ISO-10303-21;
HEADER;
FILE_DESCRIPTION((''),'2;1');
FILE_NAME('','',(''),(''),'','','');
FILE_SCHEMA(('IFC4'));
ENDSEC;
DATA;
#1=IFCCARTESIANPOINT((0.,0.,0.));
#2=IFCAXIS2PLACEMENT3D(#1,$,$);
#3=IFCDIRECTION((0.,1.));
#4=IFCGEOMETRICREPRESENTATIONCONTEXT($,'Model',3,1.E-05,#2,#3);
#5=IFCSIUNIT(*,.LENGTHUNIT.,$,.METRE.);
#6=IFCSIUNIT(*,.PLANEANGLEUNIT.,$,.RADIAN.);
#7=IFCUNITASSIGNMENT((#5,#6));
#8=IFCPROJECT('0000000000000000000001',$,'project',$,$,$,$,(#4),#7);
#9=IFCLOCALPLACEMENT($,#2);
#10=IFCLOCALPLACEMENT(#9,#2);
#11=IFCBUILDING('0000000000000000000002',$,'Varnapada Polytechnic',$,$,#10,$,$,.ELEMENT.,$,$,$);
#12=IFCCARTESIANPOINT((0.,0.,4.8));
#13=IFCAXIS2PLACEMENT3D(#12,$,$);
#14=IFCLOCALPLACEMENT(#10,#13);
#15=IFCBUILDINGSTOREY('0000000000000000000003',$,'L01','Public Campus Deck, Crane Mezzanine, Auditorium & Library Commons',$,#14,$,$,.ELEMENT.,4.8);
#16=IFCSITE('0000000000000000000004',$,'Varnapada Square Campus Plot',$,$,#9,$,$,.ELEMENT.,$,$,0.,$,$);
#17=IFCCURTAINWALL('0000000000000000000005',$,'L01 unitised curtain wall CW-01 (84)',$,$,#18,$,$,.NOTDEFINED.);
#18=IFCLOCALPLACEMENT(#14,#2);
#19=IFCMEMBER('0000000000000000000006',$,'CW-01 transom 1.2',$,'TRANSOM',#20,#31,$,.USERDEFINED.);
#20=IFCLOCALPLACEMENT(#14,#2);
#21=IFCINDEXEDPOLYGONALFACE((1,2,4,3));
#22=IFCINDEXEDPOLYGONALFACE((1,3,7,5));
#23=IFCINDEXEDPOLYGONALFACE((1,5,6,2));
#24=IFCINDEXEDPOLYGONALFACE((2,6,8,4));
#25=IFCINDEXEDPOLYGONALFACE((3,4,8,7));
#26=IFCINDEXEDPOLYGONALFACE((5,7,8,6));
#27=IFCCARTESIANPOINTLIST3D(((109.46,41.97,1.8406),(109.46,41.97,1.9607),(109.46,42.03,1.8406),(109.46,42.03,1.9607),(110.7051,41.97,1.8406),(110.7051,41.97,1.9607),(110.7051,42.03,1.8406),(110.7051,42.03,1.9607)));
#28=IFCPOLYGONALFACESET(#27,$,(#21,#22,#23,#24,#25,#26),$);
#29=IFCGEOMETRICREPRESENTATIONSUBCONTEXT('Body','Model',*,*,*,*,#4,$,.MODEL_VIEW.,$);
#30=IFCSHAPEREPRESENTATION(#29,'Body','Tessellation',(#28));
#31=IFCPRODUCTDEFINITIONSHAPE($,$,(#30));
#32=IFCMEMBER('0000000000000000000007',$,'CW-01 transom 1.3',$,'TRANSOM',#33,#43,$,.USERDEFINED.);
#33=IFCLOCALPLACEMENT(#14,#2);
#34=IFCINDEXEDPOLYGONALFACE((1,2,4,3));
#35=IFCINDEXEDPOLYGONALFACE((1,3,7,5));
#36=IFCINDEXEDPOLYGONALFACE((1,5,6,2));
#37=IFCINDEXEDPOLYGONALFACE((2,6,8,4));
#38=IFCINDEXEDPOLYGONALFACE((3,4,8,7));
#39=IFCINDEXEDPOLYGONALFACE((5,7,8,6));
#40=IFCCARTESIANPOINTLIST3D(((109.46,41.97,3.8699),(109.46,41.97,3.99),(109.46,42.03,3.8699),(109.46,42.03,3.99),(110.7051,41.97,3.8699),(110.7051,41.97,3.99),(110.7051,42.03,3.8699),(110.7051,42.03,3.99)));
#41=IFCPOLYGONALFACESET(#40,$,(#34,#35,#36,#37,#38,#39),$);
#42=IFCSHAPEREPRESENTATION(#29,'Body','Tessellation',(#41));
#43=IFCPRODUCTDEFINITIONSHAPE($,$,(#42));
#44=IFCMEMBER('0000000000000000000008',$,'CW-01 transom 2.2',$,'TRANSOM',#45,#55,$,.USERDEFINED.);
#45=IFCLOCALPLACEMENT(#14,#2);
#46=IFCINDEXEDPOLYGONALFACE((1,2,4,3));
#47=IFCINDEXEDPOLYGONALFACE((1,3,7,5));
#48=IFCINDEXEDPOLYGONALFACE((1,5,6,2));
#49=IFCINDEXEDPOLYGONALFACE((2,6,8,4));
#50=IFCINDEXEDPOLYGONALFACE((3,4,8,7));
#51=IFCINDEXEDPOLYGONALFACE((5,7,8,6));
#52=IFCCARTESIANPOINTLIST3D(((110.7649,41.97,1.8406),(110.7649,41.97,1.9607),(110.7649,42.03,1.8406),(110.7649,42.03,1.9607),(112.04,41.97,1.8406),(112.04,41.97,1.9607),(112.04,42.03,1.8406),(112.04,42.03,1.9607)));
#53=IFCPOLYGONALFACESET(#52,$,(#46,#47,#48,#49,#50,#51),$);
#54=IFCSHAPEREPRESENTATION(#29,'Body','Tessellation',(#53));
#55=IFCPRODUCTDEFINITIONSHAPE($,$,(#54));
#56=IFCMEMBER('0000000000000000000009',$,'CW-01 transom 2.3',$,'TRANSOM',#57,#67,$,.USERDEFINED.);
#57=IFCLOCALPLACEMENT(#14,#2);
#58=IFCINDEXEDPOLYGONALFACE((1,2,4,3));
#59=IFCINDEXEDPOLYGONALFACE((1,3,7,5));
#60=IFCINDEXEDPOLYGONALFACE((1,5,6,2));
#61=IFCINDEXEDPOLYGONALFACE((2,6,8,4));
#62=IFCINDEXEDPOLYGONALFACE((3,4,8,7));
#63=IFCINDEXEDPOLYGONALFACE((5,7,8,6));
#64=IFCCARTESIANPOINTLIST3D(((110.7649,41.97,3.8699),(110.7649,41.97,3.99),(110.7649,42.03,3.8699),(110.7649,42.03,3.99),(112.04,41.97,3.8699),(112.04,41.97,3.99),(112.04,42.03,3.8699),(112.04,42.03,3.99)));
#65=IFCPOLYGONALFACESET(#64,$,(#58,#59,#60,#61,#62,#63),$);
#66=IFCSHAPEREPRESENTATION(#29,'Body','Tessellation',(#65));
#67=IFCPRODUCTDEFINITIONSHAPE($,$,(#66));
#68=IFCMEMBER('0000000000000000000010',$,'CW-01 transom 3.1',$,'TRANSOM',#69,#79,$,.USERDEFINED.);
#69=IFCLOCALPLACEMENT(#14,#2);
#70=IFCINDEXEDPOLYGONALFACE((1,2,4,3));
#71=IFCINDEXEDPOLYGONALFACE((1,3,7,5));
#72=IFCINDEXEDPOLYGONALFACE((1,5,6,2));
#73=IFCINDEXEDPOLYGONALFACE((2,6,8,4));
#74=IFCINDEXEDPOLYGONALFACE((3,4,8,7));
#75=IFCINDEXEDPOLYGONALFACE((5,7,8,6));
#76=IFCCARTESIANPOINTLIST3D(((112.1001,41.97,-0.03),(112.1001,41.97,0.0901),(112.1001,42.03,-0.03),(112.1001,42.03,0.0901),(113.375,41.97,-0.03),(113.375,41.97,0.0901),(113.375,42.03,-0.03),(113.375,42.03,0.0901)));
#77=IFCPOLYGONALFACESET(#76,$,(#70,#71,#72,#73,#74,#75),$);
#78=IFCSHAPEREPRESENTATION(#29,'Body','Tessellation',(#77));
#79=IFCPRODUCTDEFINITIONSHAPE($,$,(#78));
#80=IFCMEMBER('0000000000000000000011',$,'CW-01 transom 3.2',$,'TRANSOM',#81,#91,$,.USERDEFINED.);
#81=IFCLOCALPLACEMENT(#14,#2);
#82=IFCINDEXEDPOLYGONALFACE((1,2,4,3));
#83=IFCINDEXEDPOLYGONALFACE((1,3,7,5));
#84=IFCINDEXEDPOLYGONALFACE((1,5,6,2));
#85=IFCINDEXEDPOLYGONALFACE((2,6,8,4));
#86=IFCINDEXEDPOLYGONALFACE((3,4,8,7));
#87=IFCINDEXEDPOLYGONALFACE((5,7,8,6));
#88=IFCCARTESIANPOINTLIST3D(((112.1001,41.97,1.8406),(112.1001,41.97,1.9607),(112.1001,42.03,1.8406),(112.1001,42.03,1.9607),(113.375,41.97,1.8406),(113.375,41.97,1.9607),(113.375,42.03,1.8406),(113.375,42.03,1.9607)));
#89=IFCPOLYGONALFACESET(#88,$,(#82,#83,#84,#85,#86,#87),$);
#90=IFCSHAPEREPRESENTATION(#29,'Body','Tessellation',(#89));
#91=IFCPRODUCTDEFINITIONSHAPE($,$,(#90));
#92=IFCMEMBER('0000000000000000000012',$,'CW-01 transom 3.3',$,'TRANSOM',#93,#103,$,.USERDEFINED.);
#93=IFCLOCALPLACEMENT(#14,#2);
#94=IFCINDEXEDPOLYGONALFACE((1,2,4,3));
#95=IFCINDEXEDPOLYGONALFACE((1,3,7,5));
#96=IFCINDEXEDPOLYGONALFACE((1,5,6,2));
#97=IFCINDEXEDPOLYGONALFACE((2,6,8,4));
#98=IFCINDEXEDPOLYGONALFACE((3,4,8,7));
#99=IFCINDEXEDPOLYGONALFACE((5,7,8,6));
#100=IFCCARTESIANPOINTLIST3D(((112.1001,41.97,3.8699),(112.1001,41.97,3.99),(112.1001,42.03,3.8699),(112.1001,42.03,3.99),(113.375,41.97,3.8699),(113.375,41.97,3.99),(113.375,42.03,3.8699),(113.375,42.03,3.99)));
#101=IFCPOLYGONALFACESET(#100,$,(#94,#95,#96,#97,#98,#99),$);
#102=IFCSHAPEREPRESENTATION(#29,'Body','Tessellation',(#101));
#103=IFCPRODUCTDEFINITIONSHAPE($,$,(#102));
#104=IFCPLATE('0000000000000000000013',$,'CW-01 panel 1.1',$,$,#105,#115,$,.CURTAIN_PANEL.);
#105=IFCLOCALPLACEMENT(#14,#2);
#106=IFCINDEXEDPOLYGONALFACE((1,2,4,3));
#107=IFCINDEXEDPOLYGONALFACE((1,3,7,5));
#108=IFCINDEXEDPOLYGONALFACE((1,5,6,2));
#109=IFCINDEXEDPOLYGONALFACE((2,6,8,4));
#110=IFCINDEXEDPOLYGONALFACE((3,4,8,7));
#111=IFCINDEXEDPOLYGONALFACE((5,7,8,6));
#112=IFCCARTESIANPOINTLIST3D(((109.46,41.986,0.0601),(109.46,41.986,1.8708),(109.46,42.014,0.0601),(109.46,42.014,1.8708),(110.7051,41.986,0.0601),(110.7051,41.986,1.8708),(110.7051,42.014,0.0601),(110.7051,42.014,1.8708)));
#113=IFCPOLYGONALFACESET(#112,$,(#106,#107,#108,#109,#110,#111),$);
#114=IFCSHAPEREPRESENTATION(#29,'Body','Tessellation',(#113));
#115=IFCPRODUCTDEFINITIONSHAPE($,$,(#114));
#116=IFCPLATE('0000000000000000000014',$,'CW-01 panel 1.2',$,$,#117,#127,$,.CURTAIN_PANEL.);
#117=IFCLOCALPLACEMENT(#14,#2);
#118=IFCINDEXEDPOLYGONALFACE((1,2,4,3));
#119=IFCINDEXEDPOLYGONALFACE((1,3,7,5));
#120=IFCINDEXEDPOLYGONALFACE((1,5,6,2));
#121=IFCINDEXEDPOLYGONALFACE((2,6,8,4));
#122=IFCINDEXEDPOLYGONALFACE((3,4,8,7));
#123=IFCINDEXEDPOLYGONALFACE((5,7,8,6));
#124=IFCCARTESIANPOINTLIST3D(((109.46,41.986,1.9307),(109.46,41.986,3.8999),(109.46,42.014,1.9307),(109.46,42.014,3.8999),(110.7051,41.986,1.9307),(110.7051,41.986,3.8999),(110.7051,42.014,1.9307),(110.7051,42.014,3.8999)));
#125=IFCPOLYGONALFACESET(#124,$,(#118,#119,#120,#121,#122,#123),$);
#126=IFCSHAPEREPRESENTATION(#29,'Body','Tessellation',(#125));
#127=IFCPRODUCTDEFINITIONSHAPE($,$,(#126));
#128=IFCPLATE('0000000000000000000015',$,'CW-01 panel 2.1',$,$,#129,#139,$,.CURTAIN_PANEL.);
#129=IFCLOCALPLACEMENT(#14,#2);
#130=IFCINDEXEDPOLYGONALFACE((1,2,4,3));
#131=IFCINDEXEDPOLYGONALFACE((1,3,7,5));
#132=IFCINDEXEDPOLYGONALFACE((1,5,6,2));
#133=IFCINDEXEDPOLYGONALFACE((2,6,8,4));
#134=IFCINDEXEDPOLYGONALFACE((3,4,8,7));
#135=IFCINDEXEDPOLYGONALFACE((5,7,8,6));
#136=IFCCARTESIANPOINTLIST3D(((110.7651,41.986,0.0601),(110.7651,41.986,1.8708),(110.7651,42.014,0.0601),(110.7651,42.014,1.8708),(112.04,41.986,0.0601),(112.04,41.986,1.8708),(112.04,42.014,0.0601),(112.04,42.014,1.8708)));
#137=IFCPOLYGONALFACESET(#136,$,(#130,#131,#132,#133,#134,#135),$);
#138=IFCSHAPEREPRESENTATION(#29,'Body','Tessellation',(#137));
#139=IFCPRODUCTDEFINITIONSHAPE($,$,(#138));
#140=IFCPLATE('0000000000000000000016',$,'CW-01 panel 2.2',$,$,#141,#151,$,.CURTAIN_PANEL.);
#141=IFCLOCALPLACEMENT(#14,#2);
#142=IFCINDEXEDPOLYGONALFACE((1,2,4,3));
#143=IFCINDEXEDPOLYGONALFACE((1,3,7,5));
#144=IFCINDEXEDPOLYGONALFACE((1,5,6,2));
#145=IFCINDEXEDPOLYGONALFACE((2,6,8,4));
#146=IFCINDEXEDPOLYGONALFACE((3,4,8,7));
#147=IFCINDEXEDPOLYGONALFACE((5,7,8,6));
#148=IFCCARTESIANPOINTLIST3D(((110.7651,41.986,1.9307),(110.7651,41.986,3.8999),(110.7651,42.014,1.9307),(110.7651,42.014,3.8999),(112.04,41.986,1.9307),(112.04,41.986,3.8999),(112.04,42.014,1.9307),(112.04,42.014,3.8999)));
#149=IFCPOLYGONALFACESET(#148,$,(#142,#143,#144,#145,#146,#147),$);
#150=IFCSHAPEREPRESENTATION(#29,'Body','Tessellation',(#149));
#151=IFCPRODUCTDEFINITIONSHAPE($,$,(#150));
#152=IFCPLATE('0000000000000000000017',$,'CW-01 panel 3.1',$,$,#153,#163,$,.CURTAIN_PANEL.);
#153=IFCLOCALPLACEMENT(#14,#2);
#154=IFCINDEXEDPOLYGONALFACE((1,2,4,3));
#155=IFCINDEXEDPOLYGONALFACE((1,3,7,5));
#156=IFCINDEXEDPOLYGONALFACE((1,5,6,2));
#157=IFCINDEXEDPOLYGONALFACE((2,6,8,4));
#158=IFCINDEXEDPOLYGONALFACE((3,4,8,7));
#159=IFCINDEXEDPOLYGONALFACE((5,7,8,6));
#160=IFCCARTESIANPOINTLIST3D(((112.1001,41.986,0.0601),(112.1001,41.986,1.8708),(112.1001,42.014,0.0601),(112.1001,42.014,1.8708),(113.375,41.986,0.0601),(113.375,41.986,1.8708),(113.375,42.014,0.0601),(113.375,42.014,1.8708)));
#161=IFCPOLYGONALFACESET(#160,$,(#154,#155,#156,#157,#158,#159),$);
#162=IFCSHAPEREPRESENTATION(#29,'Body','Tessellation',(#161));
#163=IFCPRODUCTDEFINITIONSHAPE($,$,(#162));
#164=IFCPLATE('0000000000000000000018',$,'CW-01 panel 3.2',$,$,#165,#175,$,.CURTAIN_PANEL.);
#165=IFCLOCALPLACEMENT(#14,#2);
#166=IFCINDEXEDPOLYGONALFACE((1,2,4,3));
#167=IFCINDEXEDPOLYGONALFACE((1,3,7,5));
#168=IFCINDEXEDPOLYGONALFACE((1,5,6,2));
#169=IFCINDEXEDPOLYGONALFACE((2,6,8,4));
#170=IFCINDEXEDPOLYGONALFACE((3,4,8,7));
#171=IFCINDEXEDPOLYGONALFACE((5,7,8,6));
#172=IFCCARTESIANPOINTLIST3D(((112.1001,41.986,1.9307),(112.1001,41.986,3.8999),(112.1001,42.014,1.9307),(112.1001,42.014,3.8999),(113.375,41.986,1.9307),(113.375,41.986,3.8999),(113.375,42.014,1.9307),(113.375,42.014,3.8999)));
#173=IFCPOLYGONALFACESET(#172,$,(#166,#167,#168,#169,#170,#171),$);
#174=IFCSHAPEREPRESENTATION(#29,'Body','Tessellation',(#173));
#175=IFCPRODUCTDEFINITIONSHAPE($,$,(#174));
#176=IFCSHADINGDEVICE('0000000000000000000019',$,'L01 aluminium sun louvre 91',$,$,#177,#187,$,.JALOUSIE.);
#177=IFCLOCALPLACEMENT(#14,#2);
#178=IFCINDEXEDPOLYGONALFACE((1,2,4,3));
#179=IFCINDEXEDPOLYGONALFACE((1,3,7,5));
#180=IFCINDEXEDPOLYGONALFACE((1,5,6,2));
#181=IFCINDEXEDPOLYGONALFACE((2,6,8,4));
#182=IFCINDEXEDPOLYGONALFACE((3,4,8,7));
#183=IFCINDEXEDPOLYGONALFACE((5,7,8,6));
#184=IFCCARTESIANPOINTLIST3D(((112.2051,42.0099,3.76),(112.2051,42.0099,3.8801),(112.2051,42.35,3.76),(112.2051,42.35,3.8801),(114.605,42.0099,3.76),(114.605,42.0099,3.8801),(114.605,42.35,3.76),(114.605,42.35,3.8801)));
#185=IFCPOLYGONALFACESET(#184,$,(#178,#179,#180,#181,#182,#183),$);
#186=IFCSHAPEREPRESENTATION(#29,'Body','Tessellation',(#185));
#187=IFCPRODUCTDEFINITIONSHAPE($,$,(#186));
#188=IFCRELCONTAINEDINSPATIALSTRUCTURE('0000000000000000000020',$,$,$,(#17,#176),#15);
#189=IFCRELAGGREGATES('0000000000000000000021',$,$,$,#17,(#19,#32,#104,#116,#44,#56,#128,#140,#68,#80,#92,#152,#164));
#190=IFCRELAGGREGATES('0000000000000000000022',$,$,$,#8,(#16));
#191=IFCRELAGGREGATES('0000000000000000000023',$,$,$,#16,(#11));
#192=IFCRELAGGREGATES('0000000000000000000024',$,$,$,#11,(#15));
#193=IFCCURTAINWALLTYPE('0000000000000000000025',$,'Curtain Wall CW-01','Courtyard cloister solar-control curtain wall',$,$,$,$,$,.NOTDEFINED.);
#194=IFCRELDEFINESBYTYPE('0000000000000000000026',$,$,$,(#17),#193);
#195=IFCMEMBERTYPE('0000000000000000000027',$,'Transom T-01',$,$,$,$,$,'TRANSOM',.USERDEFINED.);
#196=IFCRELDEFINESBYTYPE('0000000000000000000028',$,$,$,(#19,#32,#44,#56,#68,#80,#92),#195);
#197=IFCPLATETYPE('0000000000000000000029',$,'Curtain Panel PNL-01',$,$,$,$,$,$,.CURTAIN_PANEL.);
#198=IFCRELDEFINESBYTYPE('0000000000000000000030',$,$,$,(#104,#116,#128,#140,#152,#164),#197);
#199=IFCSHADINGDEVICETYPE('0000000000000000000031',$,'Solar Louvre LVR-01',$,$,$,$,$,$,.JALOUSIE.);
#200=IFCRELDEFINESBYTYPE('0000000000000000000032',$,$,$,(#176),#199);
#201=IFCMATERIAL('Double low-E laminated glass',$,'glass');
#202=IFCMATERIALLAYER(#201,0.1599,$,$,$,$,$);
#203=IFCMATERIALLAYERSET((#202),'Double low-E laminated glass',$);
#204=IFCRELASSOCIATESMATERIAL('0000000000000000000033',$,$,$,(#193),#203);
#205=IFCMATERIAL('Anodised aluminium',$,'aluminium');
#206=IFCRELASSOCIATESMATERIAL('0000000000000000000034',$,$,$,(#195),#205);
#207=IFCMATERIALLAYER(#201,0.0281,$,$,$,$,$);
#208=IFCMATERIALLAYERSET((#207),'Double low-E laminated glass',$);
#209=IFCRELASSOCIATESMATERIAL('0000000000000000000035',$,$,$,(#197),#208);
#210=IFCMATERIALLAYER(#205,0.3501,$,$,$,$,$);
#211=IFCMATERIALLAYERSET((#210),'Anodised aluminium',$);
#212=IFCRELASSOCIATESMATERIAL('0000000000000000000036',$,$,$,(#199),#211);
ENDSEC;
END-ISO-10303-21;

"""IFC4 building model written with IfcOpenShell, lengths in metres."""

from ifc_helpers import new_model, si_unit, direction, frame, origin, origin_2d, place, context, subcontext, project, spatial, rectangle, extrude, material, layer, layer_set, material_profile, profile_set, type_object, element, aggregate, save


model = new_model("IFC4")

# Units and contexts
model_context = context("Model", 3, precision=1e-05, world=origin(), true_north=direction((0.0, 1.0)))
body_context = subcontext(model_context, "Body", "Model", "MODEL_VIEW")
ifc_project = project(units=[si_unit("LENGTHUNIT", "METRE"), si_unit("PLANEANGLEUNIT", "RADIAN")], contexts=[model_context])

# Site, building, storey
site_placement = place(None, origin())
site = spatial("IfcSite", under=ifc_project, at=site_placement, Name="Varnapada Square Campus Plot", CompositionType="ELEMENT", RefElevation=0.0)
building_placement = place(site_placement, origin())
building = spatial("IfcBuilding", under=site, at=building_placement, Name="Varnapada Polytechnic", CompositionType="ELEMENT")
storey_placement = place(building_placement, frame((0.0, 0.0, 4.8)))
storey = spatial("IfcBuildingStorey", under=building, at=storey_placement, Name="L01", Description="Public Campus Deck, Crane Mezzanine, Auditorium & Library Commons", CompositionType="ELEMENT", Elevation=4.8)

# Curtain wall, members, plates
ifc_material_1 = material(Name="Double low-E laminated glass", Category="glass")
ifc_layer_1 = layer(ifc_material_1, 0.1599)
ifc_layer_set_1 = layer_set([ifc_layer_1], Name="Double low-E laminated glass")
curtain_wall_type = type_object("IfcCurtainWallType", Name="Curtain Wall CW-01", Description="Courtyard cloister solar-control curtain wall", PredefinedType="NOTDEFINED", material=ifc_layer_set_1)
curtain_wall_placement = place(storey_placement, origin())
curtain_wall = element("IfcCurtainWall", 1, at=curtain_wall_placement, inside=storey, type_object=curtain_wall_type, Name="L01 unitised curtain wall CW-01 (84)", PredefinedType="NOTDEFINED")
ifc_material_2 = material(Name="Anodised aluminium", Category="aluminium")
ifc_material_profile = material_profile(ifc_material_2, rectangle(XDim=0.0601, YDim=0.1201, at=origin_2d()), Name="ALU T60x120")
ifc_profile_set = profile_set([ifc_material_profile], Name="Anodised aluminium")
member_type = type_object("IfcMemberType", Name="Transom T-01", ElementType="TRANSOM", PredefinedType="USERDEFINED", material=ifc_profile_set)
member_1_placement = place(storey_placement, frame((109.46, 42.0, 1.9006), z_axis=(1.0, 0.0, 0.0), x_axis=(0.0, 1.0, 0.0)))
member_1 = element("IfcMember", 2, at=member_1_placement, type_object=member_type, Name="CW-01 transom 1.2", ObjectType="TRANSOM", PredefinedType="USERDEFINED", context=body_context, shape_type="SweptSolid", body=[
    extrude(rectangle(XDim=0.0601, YDim=0.1201, at=origin_2d()), origin(), (0.0, 0.0, 1.0), 1.2451),
])
member_2_placement = place(storey_placement, frame((109.46, 42.0, 3.9299), z_axis=(1.0, 0.0, 0.0), x_axis=(0.0, 1.0, 0.0)))
member_2 = element("IfcMember", 3, at=member_2_placement, type_object=member_type, Name="CW-01 transom 1.3", ObjectType="TRANSOM", PredefinedType="USERDEFINED", context=body_context, shape_type="SweptSolid", body=[
    extrude(rectangle(XDim=0.0601, YDim=0.1201, at=origin_2d()), origin(), (0.0, 0.0, 1.0), 1.2451),
])
member_3_placement = place(storey_placement, frame((110.7649, 42.0, 1.9006), z_axis=(1.0, 0.0, 0.0), x_axis=(0.0, 1.0, 0.0)))
member_3 = element("IfcMember", 4, at=member_3_placement, type_object=member_type, Name="CW-01 transom 2.2", ObjectType="TRANSOM", PredefinedType="USERDEFINED", context=body_context, shape_type="SweptSolid", body=[
    extrude(rectangle(XDim=0.0601, YDim=0.1201, at=origin_2d()), origin(), (0.0, 0.0, 1.0), 1.2751),
])
member_4_placement = place(storey_placement, frame((110.7649, 42.0, 3.9299), z_axis=(1.0, 0.0, 0.0), x_axis=(0.0, 1.0, 0.0)))
member_4 = element("IfcMember", 5, at=member_4_placement, type_object=member_type, Name="CW-01 transom 2.3", ObjectType="TRANSOM", PredefinedType="USERDEFINED", context=body_context, shape_type="SweptSolid", body=[
    extrude(rectangle(XDim=0.0601, YDim=0.1201, at=origin_2d()), origin(), (0.0, 0.0, 1.0), 1.2751),
])
member_5_placement = place(storey_placement, frame((112.1001, 42.0, 0.03), z_axis=(1.0, 0.0, 0.0), x_axis=(0.0, 1.0, 0.0)))
member_5 = element("IfcMember", 6, at=member_5_placement, type_object=member_type, Name="CW-01 transom 3.1", ObjectType="TRANSOM", PredefinedType="USERDEFINED", context=body_context, shape_type="SweptSolid", body=[
    extrude(rectangle(XDim=0.0601, YDim=0.1201, at=origin_2d()), origin(), (0.0, 0.0, 1.0), 1.2749),
])
member_6_placement = place(storey_placement, frame((112.1001, 42.0, 1.9006), z_axis=(1.0, 0.0, 0.0), x_axis=(0.0, 1.0, 0.0)))
member_6 = element("IfcMember", 7, at=member_6_placement, type_object=member_type, Name="CW-01 transom 3.2", ObjectType="TRANSOM", PredefinedType="USERDEFINED", context=body_context, shape_type="SweptSolid", body=[
    extrude(rectangle(XDim=0.0601, YDim=0.1201, at=origin_2d()), origin(), (0.0, 0.0, 1.0), 1.2749),
])
member_7_placement = place(storey_placement, frame((112.1001, 42.0, 3.9299), z_axis=(1.0, 0.0, 0.0), x_axis=(0.0, 1.0, 0.0)))
member_7 = element("IfcMember", 8, at=member_7_placement, type_object=member_type, Name="CW-01 transom 3.3", ObjectType="TRANSOM", PredefinedType="USERDEFINED", context=body_context, shape_type="SweptSolid", body=[
    extrude(rectangle(XDim=0.0601, YDim=0.1201, at=origin_2d()), origin(), (0.0, 0.0, 1.0), 1.2749),
])
ifc_layer_2 = layer(ifc_material_1, 0.0281)
ifc_layer_set_2 = layer_set([ifc_layer_2], Name="Double low-E laminated glass")
plate_type = type_object("IfcPlateType", Name="Curtain Panel PNL-01", PredefinedType="CURTAIN_PANEL", material=ifc_layer_set_2)
plate_1_placement = place(storey_placement, frame((110.0825, 42.0, 0.0601), z_axis=(0.0, 0.0, 1.0), x_axis=(1.0, 0.0, 0.0)))
plate_1 = element("IfcPlate", 9, at=plate_1_placement, type_object=plate_type, Name="CW-01 panel 1.1", PredefinedType="CURTAIN_PANEL", context=body_context, shape_type="SweptSolid", body=[
    extrude(rectangle(XDim=1.2451, YDim=0.0281, at=origin_2d()), origin(), (0.0, 0.0, 1.0), 1.8108),
])
plate_2_placement = place(storey_placement, frame((110.0825, 42.0, 1.9307), z_axis=(0.0, 0.0, 1.0), x_axis=(1.0, 0.0, 0.0)))
plate_2 = element("IfcPlate", 10, at=plate_2_placement, type_object=plate_type, Name="CW-01 panel 1.2", PredefinedType="CURTAIN_PANEL", context=body_context, shape_type="SweptSolid", body=[
    extrude(rectangle(XDim=1.2451, YDim=0.0281, at=origin_2d()), origin(), (0.0, 0.0, 1.0), 1.9692),
])
plate_3_placement = place(storey_placement, frame((111.4026, 42.0, 0.0601), z_axis=(0.0, 0.0, 1.0), x_axis=(1.0, 0.0, 0.0)))
plate_3 = element("IfcPlate", 11, at=plate_3_placement, type_object=plate_type, Name="CW-01 panel 2.1", PredefinedType="CURTAIN_PANEL", context=body_context, shape_type="SweptSolid", body=[
    extrude(rectangle(XDim=1.2749, YDim=0.0281, at=origin_2d()), origin(), (0.0, 0.0, 1.0), 1.8108),
])
plate_4_placement = place(storey_placement, frame((111.4026, 42.0, 1.9307), z_axis=(0.0, 0.0, 1.0), x_axis=(1.0, 0.0, 0.0)))
plate_4 = element("IfcPlate", 12, at=plate_4_placement, type_object=plate_type, Name="CW-01 panel 2.2", PredefinedType="CURTAIN_PANEL", context=body_context, shape_type="SweptSolid", body=[
    extrude(rectangle(XDim=1.2749, YDim=0.0281, at=origin_2d()), origin(), (0.0, 0.0, 1.0), 1.9692),
])
plate_5_placement = place(storey_placement, frame((112.7375, 42.0, 0.0601), z_axis=(0.0, 0.0, 1.0), x_axis=(1.0, 0.0, 0.0)))
plate_5 = element("IfcPlate", 13, at=plate_5_placement, type_object=plate_type, Name="CW-01 panel 3.1", PredefinedType="CURTAIN_PANEL", context=body_context, shape_type="SweptSolid", body=[
    extrude(rectangle(XDim=1.2749, YDim=0.0281, at=origin_2d()), origin(), (0.0, 0.0, 1.0), 1.8108),
])
plate_6_placement = place(storey_placement, frame((112.7375, 42.0, 1.9307), z_axis=(0.0, 0.0, 1.0), x_axis=(1.0, 0.0, 0.0)))
plate_6 = element("IfcPlate", 14, at=plate_6_placement, type_object=plate_type, Name="CW-01 panel 3.2", PredefinedType="CURTAIN_PANEL", context=body_context, shape_type="SweptSolid", body=[
    extrude(rectangle(XDim=1.2749, YDim=0.0281, at=origin_2d()), origin(), (0.0, 0.0, 1.0), 1.9692),
])
aggregate(curtain_wall, [member_1, member_2, plate_1, plate_2, member_3, member_4, plate_3, plate_4, member_5, member_6, member_7, plate_5, plate_6])

# Shading device
ifc_layer_3 = layer(ifc_material_2, 0.3501)
ifc_layer_set_3 = layer_set([ifc_layer_3], Name="Anodised aluminium")
shading_device_type = type_object("IfcShadingDeviceType", Name="Solar Louvre LVR-01", PredefinedType="JALOUSIE", material=ifc_layer_set_3)
shading_device_placement = place(storey_placement, frame((113.405, 42.1799, 3.76), z_axis=(0.0, 0.0, 1.0), x_axis=(1.0, 0.0, 0.0)))
element("IfcShadingDevice", 15, at=shading_device_placement, inside=storey, type_object=shading_device_type, Name="L01 aluminium sun louvre 91", PredefinedType="JALOUSIE", context=body_context, shape_type="SweptSolid", body=[
    extrude(rectangle(XDim=2.3999, YDim=0.3401, at=origin_2d()), origin(), (0.0, 0.0, 1.0), 0.1201),
])

save(model, "model.ifc")
